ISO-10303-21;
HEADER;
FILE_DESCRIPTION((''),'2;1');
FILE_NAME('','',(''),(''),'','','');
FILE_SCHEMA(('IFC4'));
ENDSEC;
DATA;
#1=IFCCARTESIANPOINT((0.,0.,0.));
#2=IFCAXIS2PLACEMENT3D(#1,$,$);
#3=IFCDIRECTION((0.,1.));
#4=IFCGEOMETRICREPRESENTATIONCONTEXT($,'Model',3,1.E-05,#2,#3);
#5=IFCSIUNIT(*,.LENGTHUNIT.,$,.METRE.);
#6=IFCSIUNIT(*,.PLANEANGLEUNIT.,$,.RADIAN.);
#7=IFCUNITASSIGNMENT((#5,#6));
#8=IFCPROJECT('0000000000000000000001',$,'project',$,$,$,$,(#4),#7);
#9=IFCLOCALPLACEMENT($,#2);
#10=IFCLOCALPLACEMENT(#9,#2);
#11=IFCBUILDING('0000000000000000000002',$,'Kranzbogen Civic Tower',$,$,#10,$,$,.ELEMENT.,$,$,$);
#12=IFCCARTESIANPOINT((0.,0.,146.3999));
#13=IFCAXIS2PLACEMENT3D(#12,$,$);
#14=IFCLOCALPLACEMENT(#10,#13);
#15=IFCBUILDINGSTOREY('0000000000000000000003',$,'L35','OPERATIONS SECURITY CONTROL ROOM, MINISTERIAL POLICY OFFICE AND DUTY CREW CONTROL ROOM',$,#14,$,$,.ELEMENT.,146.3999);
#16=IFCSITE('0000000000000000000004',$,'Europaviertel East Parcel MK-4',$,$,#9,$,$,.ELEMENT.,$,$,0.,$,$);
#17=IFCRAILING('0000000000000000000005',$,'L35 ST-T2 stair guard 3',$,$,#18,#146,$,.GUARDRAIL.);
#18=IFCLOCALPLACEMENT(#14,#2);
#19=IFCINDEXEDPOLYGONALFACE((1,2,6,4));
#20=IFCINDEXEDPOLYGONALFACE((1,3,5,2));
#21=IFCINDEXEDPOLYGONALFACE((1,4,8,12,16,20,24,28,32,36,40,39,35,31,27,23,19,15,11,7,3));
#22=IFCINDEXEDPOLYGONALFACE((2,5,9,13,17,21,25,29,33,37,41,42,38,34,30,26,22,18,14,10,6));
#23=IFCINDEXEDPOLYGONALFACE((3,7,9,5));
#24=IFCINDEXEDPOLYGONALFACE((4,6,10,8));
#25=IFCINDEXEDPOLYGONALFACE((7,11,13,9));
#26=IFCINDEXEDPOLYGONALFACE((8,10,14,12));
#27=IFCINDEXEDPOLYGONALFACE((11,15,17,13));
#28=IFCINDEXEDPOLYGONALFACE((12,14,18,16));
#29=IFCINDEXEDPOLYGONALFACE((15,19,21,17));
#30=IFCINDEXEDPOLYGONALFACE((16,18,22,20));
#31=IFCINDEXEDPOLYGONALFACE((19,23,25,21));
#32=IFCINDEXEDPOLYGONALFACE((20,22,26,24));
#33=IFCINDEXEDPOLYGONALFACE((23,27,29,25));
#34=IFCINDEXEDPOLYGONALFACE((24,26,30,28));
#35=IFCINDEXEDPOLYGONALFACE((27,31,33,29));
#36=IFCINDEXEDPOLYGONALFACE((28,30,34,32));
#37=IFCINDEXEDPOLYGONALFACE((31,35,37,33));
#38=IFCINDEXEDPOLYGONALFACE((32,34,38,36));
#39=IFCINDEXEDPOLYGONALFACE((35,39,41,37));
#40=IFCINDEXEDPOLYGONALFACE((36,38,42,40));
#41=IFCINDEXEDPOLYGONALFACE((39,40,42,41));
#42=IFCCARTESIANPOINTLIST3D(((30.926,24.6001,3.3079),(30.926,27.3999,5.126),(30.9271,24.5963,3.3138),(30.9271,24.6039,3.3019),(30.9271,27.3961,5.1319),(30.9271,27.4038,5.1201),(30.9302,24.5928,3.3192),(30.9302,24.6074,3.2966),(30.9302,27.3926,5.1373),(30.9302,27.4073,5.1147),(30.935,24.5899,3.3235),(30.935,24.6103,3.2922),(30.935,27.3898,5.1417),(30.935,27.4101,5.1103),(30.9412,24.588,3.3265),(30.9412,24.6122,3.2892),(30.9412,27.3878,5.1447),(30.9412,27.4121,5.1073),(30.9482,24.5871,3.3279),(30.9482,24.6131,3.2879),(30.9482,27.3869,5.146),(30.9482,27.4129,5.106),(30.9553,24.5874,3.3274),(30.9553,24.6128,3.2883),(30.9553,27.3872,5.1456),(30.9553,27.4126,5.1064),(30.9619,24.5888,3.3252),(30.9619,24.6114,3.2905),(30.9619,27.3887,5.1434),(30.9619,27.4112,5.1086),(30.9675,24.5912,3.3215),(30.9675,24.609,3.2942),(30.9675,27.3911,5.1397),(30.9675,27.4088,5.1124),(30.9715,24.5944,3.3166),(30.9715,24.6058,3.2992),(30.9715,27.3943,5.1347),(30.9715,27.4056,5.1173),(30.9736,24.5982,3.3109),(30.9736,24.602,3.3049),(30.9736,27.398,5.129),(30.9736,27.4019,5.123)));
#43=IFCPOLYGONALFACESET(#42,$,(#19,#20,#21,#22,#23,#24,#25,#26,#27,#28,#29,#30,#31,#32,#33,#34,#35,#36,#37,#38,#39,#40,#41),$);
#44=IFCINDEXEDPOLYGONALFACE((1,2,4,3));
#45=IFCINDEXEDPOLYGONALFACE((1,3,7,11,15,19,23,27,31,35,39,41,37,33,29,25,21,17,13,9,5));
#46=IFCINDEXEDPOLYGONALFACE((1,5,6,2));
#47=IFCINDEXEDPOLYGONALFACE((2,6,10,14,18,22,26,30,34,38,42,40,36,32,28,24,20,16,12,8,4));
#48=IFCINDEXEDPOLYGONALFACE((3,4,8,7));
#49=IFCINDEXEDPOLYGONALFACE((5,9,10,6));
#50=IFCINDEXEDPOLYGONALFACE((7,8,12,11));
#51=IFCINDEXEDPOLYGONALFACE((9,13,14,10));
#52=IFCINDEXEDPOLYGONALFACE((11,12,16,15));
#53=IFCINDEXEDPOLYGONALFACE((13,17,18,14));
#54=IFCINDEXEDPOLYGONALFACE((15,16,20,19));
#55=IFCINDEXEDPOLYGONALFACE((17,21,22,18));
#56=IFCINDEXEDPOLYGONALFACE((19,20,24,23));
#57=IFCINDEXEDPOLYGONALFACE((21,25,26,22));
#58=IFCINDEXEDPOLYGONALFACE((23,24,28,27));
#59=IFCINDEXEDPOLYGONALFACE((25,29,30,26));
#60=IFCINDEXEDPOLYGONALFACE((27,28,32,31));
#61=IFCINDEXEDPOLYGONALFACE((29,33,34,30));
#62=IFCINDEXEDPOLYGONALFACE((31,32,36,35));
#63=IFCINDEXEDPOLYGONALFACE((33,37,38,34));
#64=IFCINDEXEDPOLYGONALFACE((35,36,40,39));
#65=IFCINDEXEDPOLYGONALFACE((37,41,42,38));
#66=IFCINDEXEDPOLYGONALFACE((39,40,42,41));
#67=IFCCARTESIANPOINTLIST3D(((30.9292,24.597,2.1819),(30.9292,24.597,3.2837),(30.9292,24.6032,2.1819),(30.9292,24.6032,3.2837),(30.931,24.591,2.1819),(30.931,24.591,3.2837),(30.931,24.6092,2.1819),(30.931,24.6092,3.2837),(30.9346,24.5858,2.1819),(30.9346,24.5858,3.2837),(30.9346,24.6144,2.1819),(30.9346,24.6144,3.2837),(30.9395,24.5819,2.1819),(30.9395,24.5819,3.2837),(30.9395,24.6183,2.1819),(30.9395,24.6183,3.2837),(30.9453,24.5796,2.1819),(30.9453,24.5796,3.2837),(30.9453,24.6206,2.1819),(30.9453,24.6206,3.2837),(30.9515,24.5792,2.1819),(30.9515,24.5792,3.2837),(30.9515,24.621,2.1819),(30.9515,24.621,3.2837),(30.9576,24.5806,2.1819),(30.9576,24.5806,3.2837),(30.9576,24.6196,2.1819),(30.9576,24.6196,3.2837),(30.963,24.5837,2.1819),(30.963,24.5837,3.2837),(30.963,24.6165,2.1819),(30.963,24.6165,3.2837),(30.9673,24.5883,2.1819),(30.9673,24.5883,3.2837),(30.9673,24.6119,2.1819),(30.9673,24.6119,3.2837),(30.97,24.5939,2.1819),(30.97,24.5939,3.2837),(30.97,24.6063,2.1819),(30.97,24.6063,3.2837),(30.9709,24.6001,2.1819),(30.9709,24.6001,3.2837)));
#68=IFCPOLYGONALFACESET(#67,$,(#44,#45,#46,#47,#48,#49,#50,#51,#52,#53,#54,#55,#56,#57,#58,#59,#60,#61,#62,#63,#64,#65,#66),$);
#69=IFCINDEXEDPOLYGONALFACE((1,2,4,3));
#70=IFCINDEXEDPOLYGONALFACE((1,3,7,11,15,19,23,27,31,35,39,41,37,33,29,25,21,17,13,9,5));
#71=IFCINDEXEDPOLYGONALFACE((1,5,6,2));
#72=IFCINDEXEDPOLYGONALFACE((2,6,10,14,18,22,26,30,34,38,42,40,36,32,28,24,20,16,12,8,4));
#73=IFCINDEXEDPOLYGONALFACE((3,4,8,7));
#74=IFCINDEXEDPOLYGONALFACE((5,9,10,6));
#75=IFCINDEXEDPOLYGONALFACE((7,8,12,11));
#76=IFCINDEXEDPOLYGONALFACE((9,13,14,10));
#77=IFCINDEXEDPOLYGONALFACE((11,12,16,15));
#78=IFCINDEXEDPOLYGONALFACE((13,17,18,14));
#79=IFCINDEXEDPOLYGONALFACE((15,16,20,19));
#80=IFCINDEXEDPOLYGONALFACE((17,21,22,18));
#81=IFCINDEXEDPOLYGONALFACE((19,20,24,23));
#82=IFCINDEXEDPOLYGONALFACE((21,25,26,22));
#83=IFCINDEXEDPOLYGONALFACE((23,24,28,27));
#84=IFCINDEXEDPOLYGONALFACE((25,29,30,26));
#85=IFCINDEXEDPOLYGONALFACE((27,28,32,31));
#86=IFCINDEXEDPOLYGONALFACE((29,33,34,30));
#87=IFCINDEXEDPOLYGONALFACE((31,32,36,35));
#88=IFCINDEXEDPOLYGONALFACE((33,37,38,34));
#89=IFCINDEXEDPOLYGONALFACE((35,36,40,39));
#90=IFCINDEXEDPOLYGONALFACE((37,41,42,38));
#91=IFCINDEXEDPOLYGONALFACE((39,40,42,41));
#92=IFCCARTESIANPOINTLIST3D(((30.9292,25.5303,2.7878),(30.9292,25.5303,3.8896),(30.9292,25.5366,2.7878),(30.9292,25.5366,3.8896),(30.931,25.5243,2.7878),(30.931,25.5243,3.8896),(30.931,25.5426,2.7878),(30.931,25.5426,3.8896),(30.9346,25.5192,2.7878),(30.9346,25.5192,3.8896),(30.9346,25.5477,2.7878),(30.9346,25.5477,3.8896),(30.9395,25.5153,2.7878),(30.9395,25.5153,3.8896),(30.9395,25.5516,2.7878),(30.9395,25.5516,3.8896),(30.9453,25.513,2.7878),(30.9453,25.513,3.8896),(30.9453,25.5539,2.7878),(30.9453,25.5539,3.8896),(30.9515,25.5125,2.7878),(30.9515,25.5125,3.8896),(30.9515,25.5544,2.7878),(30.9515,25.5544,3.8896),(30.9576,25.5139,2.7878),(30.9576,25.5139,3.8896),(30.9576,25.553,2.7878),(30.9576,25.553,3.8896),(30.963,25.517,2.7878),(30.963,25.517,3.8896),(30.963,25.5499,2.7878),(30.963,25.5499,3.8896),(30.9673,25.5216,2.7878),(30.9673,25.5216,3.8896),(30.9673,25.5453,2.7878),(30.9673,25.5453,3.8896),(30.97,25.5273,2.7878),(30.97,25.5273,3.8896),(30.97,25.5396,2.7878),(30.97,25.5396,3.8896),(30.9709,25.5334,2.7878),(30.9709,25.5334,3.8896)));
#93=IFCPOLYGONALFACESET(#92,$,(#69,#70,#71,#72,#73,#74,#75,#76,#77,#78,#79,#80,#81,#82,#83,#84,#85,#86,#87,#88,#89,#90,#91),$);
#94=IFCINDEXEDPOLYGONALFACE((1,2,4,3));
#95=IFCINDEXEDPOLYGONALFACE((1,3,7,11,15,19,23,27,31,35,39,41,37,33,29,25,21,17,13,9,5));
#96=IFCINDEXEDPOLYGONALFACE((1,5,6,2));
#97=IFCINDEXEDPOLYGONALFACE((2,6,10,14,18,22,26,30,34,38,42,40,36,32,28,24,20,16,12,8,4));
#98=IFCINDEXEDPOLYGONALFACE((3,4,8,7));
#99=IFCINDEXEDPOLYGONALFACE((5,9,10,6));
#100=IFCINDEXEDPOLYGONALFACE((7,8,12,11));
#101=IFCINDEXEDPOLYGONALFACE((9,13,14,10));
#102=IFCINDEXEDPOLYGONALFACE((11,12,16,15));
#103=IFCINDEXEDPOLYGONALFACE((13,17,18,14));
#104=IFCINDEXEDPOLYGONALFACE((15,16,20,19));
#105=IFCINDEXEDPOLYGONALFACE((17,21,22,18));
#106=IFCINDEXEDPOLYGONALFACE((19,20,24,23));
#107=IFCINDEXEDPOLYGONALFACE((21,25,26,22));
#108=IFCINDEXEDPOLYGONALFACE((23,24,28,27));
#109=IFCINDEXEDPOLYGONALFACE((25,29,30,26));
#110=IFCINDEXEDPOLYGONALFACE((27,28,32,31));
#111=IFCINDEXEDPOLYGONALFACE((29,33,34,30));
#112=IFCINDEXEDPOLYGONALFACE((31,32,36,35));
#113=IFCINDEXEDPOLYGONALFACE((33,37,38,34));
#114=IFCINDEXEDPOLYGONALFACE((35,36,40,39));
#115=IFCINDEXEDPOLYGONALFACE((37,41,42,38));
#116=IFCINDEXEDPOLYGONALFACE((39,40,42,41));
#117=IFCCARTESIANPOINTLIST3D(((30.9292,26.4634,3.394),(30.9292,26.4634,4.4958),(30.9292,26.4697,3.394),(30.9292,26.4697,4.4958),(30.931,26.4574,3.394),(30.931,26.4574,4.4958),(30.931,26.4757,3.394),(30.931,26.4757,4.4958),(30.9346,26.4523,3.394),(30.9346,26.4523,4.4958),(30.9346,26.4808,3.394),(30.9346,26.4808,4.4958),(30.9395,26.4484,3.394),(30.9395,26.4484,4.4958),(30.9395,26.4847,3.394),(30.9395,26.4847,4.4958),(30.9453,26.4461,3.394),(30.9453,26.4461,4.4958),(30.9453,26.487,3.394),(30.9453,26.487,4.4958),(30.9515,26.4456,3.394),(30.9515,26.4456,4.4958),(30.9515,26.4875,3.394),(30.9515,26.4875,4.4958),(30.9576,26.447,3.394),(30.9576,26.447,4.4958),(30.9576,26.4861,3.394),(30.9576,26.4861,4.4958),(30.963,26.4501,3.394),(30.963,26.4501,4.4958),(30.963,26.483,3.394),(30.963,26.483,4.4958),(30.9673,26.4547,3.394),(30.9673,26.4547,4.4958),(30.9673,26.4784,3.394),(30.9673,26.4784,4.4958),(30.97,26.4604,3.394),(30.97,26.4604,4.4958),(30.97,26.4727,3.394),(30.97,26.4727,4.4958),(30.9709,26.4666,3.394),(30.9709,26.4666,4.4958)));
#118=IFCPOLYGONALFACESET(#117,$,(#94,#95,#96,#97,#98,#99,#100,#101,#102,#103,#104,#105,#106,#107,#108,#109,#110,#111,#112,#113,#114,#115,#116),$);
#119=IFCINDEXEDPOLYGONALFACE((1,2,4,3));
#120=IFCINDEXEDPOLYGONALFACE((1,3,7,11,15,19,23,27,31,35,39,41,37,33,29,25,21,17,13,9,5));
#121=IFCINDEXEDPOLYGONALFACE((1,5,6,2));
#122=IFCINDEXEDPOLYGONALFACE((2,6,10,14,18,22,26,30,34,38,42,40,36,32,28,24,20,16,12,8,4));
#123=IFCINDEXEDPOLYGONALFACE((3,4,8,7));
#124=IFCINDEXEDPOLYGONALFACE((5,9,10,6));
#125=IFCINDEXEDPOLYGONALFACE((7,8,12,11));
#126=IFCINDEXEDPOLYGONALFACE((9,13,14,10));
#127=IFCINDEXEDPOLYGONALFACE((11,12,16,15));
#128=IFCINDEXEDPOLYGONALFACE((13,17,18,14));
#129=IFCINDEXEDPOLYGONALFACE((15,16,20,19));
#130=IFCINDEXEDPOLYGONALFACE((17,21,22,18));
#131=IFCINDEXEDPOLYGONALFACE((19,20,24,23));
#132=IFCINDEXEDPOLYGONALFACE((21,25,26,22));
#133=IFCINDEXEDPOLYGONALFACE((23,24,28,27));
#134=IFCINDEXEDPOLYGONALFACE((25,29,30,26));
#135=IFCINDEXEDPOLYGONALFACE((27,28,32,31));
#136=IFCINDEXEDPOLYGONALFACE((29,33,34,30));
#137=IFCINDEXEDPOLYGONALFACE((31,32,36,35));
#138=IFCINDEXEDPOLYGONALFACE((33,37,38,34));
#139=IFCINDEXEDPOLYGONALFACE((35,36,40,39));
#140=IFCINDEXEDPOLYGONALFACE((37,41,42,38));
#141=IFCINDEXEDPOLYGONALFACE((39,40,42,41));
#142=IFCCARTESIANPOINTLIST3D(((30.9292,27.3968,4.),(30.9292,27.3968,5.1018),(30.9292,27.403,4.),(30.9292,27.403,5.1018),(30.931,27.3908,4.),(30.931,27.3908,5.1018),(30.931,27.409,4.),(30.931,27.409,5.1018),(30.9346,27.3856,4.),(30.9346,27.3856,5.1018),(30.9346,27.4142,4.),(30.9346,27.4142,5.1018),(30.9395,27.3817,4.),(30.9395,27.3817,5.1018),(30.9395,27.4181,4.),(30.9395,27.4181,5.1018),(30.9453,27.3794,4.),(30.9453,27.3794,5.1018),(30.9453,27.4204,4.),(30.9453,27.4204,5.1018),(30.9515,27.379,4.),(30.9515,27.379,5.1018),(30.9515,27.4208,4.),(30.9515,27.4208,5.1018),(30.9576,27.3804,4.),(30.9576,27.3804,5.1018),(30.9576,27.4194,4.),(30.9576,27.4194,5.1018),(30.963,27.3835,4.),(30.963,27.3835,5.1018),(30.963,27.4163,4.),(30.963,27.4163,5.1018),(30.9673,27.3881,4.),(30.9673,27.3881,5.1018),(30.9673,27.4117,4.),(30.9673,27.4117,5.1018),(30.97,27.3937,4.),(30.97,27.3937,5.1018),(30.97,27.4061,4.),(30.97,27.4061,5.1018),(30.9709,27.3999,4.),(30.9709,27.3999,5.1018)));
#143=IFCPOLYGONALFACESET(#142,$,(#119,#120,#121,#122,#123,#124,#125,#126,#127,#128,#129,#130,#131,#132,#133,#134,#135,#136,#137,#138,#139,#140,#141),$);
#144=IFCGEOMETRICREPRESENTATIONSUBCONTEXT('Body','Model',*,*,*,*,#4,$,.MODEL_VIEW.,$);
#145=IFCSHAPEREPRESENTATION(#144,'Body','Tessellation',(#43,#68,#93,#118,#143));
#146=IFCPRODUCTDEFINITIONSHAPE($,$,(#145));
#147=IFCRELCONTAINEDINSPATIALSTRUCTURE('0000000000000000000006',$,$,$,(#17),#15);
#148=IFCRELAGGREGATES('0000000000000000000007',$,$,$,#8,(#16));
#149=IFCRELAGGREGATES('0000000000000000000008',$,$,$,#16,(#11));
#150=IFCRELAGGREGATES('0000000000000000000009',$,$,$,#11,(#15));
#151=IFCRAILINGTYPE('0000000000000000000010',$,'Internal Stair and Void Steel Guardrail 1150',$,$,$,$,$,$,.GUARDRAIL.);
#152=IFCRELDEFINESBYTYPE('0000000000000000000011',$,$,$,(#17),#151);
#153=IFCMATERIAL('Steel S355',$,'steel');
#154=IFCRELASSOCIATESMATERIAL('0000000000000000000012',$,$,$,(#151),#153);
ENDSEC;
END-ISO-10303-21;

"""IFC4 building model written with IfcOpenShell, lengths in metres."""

from ifc_helpers import new_model, si_unit, direction, frame, origin, origin_2d, place, context, subcontext, project, spatial, circle, extrude, material, type_object, element, save


model = new_model("IFC4")

# Units and contexts
model_context = context("Model", 3, precision=1e-05, world=origin(), true_north=direction((0.0, 1.0)))
body_context = subcontext(model_context, "Body", "Model", "MODEL_VIEW")
ifc_project = project(units=[si_unit("LENGTHUNIT", "METRE"), si_unit("PLANEANGLEUNIT", "RADIAN")], contexts=[model_context])

# Site, building, storey
site_placement = place(None, origin())
site = spatial("IfcSite", under=ifc_project, at=site_placement, Name="Europaviertel East Parcel MK-4", CompositionType="ELEMENT", RefElevation=0.0)
building_placement = place(site_placement, origin())
building = spatial("IfcBuilding", under=site, at=building_placement, Name="Kranzbogen Civic Tower", CompositionType="ELEMENT")
storey_placement = place(building_placement, frame((0.0, 0.0, 146.3999)))
storey = spatial("IfcBuildingStorey", under=building, at=storey_placement, Name="L35", Description="OPERATIONS SECURITY CONTROL ROOM, MINISTERIAL POLICY OFFICE AND DUTY CREW CONTROL ROOM", CompositionType="ELEMENT", Elevation=146.3999)

# Shared definitions
ifc_material_1 = material(Name="Steel S355", Category="steel")

# Railing
railing_type_1 = type_object("IfcRailingType", Name="Internal Stair and Void Steel Guardrail 1150", PredefinedType="GUARDRAIL", material=ifc_material_1)
railing_1_placement = place(storey_placement, frame((30.95, 24.6001, 2.1819)))
element("IfcRailing", 1, at=railing_1_placement, inside=storey, type_object=railing_type_1, Name="L35 ST-T2 stair guard 3", PredefinedType="GUARDRAIL", context=body_context, shape_type="SweptSolid", body=[
    extrude(circle(Radius=0.0239, at=origin_2d()), frame((0.0, 0.0, 1.126), z_axis=(0.0, 0.838684, 0.544618), x_axis=(-1.0, 0.0, 0.0)), (0.0, 0.0, 1.0), 3.3384),
    extrude(circle(Radius=0.021, at=origin_2d()), origin(), (0.0, 0.0, 1.0), 1.1018),
    extrude(circle(Radius=0.021, at=origin_2d()), frame((0.0, 0.9333, 0.606)), (0.0, 0.0, 1.0), 1.1018),
    extrude(circle(Radius=0.021, at=origin_2d()), frame((0.0, 1.8665, 1.2122)), (0.0, 0.0, 1.0), 1.1018),
    extrude(circle(Radius=0.021, at=origin_2d()), frame((0.0, 2.7998, 1.8181)), (0.0, 0.0, 1.0), 1.1018),
])

save(model, "model.ifc")
